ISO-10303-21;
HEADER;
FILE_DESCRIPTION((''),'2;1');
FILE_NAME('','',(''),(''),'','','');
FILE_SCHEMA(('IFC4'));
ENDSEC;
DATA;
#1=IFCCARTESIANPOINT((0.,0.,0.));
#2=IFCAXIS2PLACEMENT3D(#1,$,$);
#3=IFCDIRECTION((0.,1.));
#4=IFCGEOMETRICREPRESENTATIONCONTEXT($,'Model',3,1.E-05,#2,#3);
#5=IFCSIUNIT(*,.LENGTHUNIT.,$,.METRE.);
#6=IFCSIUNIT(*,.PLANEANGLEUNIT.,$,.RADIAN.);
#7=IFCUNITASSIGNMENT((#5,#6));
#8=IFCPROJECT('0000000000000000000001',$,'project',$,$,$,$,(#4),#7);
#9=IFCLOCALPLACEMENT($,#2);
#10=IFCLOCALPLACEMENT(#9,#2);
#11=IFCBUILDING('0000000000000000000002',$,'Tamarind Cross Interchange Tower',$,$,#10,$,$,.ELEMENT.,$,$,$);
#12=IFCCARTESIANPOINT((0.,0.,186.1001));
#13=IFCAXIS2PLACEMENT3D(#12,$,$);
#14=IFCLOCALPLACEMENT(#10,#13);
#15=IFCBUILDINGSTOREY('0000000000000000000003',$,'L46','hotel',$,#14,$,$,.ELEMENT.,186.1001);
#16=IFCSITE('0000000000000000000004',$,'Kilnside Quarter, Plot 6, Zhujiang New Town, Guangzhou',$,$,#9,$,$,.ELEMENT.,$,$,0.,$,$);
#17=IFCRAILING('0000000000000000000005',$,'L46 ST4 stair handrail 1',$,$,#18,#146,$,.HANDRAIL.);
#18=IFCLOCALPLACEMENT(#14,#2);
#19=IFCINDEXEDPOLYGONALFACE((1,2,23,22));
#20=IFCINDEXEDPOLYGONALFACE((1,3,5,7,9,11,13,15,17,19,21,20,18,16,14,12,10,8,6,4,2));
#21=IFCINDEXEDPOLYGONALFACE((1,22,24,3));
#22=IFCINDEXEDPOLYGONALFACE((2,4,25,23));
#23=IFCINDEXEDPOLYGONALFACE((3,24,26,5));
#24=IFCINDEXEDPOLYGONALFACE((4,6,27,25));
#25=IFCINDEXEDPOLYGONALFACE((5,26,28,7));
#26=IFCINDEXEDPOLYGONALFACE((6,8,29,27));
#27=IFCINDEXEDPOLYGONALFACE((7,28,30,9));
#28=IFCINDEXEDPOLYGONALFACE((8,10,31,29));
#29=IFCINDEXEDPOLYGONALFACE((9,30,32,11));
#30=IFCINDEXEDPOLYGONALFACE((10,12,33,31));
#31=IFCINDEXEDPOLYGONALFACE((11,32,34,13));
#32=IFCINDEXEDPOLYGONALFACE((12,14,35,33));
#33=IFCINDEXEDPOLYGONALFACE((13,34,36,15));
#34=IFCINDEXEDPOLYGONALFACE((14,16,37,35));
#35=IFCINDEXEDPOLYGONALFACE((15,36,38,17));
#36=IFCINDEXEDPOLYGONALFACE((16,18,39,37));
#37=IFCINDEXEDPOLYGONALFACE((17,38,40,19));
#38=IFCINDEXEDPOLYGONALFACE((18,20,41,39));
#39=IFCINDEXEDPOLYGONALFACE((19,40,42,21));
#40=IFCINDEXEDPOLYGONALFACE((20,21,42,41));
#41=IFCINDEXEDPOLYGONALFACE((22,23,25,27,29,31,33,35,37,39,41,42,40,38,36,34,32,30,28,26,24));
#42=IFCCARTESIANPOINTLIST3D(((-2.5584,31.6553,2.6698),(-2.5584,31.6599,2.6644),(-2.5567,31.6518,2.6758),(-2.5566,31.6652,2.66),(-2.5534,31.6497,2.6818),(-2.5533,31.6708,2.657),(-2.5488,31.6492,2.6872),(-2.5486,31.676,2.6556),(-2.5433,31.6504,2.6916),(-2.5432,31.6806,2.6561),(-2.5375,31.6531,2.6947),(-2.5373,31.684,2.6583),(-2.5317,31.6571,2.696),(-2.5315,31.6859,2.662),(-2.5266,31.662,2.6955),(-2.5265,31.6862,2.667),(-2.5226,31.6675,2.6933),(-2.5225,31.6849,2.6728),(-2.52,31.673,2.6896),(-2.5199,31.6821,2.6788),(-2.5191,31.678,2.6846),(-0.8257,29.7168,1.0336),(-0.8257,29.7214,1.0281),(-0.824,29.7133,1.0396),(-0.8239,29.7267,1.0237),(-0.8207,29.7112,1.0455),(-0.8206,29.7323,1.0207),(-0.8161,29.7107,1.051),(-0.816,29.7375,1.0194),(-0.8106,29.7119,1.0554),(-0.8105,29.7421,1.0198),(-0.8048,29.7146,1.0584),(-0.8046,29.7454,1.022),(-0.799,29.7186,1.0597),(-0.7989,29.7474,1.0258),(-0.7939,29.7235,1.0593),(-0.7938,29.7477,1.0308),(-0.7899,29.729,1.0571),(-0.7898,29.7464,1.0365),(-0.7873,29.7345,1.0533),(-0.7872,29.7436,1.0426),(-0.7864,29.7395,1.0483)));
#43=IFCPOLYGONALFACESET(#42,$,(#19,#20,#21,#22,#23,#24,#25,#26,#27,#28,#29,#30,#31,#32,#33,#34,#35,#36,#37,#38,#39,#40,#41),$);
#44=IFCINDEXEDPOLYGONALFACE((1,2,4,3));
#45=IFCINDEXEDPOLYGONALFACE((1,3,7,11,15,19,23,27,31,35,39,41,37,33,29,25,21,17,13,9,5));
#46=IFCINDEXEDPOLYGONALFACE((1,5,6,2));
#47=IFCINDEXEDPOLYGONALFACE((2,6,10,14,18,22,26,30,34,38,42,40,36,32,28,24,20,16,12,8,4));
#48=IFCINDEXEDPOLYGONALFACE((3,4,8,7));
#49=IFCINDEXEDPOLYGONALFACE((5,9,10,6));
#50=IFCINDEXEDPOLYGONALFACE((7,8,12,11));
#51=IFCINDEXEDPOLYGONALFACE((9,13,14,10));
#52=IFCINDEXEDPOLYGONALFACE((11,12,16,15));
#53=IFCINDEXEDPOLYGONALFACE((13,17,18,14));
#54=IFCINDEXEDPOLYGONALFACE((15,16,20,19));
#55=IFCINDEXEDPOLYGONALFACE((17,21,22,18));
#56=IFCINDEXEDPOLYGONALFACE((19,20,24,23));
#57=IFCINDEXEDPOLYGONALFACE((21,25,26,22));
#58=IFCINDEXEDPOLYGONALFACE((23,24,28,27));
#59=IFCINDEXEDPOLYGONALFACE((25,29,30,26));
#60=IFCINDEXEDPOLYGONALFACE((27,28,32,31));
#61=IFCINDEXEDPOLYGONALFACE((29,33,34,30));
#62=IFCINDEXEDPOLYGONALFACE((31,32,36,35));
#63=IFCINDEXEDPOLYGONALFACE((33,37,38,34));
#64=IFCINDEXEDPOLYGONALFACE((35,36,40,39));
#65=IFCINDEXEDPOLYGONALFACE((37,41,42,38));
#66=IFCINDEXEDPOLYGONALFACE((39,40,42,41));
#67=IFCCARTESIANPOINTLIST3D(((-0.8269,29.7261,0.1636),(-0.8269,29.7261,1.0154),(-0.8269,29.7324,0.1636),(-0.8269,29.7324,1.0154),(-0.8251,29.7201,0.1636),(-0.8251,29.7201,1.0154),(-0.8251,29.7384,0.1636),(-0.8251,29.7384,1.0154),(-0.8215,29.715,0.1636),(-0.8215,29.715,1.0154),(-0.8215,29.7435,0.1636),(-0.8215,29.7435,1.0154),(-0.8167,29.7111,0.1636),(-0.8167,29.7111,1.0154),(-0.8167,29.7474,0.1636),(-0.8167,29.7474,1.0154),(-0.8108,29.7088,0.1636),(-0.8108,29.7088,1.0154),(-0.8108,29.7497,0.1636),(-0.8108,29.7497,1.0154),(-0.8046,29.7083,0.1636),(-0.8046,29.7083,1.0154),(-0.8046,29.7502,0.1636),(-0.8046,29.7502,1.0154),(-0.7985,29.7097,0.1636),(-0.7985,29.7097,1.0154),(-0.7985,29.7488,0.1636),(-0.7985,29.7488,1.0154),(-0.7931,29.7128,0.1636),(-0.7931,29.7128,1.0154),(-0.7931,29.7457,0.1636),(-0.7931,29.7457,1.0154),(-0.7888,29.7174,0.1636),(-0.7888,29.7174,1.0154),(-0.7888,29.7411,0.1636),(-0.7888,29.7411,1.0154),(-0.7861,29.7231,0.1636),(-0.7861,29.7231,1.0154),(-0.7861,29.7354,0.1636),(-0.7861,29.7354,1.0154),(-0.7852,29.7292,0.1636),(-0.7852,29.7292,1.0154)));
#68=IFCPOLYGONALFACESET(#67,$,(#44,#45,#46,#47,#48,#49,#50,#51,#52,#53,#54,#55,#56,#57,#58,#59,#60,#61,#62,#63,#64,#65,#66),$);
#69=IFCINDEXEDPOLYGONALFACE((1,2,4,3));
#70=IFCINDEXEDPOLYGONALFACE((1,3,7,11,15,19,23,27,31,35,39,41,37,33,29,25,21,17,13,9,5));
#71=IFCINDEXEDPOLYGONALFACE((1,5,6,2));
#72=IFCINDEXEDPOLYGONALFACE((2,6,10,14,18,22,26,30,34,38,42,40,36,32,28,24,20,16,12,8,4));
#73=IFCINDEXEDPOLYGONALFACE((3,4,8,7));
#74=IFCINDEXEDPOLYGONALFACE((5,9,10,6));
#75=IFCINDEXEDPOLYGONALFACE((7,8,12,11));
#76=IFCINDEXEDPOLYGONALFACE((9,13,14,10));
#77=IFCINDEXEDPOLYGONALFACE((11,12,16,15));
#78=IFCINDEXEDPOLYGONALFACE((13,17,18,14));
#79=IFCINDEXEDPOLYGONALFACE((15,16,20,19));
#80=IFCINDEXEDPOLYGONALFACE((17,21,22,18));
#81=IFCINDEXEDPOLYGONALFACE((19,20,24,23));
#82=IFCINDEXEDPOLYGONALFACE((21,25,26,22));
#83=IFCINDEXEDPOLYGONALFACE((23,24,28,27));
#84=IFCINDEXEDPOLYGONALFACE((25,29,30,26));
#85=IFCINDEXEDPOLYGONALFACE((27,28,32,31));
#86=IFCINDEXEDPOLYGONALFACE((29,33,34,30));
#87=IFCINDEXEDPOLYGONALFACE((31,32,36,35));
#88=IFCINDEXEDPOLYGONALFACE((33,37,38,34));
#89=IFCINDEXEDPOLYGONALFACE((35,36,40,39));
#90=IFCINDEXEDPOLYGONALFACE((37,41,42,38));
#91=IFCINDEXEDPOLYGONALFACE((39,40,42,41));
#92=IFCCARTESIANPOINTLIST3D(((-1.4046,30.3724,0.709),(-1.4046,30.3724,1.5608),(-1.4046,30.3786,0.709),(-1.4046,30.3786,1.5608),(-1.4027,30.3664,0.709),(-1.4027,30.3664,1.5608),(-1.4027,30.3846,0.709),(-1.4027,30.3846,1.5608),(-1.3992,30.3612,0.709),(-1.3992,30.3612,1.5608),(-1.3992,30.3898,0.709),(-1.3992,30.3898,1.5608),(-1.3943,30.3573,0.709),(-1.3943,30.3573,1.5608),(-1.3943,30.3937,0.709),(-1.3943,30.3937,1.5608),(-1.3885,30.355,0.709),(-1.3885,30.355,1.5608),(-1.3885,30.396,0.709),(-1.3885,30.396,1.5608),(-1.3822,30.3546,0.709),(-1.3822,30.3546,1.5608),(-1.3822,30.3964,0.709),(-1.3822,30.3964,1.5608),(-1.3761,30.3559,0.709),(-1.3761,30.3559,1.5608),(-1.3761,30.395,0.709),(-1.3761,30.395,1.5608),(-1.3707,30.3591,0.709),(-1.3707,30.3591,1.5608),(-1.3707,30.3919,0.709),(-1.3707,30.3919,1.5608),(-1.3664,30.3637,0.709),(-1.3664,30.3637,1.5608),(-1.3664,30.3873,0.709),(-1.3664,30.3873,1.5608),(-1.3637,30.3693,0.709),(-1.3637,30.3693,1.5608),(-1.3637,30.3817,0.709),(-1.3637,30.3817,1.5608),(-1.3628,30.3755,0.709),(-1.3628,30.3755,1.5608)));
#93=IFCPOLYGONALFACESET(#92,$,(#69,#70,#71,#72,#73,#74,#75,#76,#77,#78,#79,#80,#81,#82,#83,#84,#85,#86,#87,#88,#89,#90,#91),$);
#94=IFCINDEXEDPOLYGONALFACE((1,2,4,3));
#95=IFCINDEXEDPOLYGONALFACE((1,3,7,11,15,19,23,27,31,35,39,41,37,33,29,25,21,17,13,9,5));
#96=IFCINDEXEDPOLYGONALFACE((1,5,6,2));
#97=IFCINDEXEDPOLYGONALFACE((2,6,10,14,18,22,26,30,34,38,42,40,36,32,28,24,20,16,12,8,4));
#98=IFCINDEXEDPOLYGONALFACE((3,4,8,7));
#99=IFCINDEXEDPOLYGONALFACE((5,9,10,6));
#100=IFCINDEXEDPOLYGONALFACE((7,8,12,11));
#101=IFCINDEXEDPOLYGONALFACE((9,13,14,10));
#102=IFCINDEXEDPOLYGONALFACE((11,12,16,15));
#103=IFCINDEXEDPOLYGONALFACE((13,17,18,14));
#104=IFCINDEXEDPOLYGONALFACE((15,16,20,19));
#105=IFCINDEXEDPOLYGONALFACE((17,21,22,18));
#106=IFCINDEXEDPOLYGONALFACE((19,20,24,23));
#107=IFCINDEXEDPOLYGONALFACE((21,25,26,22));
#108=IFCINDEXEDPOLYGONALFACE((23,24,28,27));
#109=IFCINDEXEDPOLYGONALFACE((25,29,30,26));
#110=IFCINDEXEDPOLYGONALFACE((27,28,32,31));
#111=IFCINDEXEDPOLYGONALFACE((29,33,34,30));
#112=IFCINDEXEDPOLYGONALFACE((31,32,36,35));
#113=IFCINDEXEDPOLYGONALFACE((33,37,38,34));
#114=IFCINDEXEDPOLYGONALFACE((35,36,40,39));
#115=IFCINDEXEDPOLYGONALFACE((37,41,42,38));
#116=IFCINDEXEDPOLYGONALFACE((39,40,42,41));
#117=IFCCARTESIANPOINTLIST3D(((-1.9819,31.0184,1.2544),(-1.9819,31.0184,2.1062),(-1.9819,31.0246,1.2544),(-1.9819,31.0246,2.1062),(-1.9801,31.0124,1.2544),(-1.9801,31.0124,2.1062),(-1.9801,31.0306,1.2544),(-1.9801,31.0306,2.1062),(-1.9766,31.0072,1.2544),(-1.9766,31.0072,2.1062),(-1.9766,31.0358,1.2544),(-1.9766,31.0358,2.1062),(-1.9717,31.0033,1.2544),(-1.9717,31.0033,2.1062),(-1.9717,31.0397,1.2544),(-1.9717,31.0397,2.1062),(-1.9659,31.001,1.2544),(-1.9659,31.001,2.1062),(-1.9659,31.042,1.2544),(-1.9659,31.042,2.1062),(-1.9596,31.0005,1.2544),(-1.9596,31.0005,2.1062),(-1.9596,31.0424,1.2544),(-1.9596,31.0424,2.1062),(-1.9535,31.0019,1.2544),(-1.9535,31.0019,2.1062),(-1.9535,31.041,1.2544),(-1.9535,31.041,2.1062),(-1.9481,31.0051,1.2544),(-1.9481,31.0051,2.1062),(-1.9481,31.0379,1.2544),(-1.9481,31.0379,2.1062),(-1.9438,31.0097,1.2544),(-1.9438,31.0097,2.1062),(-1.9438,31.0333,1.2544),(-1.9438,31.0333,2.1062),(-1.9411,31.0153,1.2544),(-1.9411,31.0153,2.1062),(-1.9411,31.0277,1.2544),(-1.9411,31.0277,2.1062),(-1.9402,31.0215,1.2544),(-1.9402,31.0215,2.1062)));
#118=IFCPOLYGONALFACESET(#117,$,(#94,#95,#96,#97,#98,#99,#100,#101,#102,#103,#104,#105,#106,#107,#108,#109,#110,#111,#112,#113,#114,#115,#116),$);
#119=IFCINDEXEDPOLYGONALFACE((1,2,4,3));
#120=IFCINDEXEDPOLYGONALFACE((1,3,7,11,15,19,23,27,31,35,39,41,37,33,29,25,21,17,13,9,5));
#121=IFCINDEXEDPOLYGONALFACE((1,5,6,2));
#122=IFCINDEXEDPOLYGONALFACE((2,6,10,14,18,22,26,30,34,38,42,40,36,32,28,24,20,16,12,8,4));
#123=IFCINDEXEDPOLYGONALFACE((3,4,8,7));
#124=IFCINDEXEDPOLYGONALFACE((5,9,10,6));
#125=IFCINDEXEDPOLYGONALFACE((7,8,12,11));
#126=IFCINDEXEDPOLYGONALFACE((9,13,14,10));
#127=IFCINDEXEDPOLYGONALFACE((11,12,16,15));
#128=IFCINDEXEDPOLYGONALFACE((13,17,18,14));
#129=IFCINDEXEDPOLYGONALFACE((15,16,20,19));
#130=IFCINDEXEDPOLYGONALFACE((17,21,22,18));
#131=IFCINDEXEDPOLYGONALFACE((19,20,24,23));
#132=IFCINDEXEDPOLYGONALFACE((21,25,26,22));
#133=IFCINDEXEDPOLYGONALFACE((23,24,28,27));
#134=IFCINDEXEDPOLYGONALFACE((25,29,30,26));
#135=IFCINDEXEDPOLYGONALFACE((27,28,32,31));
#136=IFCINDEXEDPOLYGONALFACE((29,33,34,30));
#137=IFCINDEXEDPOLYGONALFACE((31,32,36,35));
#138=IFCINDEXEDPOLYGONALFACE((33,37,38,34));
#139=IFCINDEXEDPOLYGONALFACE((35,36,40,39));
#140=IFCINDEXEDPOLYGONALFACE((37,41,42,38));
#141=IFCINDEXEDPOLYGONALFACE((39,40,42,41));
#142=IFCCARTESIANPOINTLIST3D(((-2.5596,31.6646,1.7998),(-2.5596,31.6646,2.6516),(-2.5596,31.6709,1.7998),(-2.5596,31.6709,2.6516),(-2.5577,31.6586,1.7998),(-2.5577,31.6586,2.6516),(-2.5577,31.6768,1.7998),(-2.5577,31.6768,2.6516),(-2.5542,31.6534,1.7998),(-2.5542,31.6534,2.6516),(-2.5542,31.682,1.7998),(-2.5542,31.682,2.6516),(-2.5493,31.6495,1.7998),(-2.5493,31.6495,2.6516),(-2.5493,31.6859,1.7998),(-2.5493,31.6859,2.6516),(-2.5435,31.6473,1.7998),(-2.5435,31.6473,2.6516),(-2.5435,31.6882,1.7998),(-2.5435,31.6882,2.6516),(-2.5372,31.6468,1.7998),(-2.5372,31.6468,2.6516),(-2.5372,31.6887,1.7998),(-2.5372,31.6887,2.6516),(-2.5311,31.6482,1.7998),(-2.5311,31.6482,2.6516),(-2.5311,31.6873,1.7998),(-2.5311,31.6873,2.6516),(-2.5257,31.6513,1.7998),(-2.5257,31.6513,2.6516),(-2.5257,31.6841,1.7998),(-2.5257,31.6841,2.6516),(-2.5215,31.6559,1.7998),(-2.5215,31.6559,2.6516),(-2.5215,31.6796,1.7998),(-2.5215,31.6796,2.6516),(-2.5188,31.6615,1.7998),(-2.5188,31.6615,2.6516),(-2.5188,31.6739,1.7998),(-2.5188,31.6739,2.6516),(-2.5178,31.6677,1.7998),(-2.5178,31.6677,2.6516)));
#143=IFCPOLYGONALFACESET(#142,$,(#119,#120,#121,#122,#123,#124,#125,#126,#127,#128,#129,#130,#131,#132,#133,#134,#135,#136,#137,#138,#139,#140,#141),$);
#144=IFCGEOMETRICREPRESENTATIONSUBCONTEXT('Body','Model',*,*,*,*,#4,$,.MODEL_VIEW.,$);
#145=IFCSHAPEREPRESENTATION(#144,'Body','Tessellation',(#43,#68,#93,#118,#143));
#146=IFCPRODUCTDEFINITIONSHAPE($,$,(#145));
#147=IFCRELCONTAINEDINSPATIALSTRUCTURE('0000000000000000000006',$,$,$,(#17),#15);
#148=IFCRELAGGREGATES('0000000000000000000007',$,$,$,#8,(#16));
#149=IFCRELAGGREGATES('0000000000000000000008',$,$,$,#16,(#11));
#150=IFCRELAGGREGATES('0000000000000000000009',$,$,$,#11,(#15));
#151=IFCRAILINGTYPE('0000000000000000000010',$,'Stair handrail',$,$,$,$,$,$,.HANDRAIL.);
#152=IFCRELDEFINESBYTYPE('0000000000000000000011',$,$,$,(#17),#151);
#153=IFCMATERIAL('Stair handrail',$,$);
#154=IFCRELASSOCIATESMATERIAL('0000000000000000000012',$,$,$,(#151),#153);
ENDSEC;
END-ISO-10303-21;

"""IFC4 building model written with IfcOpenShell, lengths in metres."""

from ifc_helpers import new_model, si_unit, direction, frame, origin, origin_2d, place, context, subcontext, project, spatial, circle, extrude, material, type_object, element, save


model = new_model("IFC4")

# Units and contexts
model_context = context("Model", 3, precision=1e-05, world=origin(), true_north=direction((0.0, 1.0)))
body_context = subcontext(model_context, "Body", "Model", "MODEL_VIEW")
ifc_project = project(units=[si_unit("LENGTHUNIT", "METRE"), si_unit("PLANEANGLEUNIT", "RADIAN")], contexts=[model_context])

# Site, building, storey
site_placement = place(None, origin())
site = spatial("IfcSite", under=ifc_project, at=site_placement, Name="Kilnside Quarter, Plot 6, Zhujiang New Town, Guangzhou", CompositionType="ELEMENT", RefElevation=0.0)
building_placement = place(site_placement, origin())
building = spatial("IfcBuilding", under=site, at=building_placement, Name="Tamarind Cross Interchange Tower", CompositionType="ELEMENT")
storey_placement = place(building_placement, frame((0.0, 0.0, 186.1001)))
storey = spatial("IfcBuildingStorey", under=building, at=storey_placement, Name="L46", Description="hotel", CompositionType="ELEMENT", Elevation=186.1001)

# Railing
ifc_material_1 = material(Name="Stair handrail")
railing_type_1 = type_object("IfcRailingType", Name="Stair handrail", PredefinedType="HANDRAIL", material=ifc_material_1)
railing_1_placement = place(storey_placement, frame((-0.8062, 29.7292, 0.1636)))
element("IfcRailing", 1, at=railing_1_placement, inside=storey, type_object=railing_type_1, Name="L46 ST4 stair handrail 1", PredefinedType="HANDRAIL", context=body_context, shape_type="SweptSolid", body=[
    extrude(circle(Radius=0.0239, at=origin_2d()), frame((0.0, 0.0, 0.876), z_axis=(-0.564022, 0.631018, 0.53263), x_axis=(-0.745578, -0.666419, 0.0)), (0.0, 0.0, 1.0), 3.072),
    extrude(circle(Radius=0.021, at=origin_2d()), origin(), (0.0, 0.0, 1.0), 0.8518),
    extrude(circle(Radius=0.021, at=origin_2d()), frame((-0.5776, 0.6462, 0.5454)), (0.0, 0.0, 1.0), 0.8518),
    extrude(circle(Radius=0.021, at=origin_2d()), frame((-1.155, 1.2922, 1.0908)), (0.0, 0.0, 1.0), 0.8518),
    extrude(circle(Radius=0.021, at=origin_2d()), frame((-1.7327, 1.9385, 1.6362)), (0.0, 0.0, 1.0), 0.8518),
])

save(model, "model.ifc")
